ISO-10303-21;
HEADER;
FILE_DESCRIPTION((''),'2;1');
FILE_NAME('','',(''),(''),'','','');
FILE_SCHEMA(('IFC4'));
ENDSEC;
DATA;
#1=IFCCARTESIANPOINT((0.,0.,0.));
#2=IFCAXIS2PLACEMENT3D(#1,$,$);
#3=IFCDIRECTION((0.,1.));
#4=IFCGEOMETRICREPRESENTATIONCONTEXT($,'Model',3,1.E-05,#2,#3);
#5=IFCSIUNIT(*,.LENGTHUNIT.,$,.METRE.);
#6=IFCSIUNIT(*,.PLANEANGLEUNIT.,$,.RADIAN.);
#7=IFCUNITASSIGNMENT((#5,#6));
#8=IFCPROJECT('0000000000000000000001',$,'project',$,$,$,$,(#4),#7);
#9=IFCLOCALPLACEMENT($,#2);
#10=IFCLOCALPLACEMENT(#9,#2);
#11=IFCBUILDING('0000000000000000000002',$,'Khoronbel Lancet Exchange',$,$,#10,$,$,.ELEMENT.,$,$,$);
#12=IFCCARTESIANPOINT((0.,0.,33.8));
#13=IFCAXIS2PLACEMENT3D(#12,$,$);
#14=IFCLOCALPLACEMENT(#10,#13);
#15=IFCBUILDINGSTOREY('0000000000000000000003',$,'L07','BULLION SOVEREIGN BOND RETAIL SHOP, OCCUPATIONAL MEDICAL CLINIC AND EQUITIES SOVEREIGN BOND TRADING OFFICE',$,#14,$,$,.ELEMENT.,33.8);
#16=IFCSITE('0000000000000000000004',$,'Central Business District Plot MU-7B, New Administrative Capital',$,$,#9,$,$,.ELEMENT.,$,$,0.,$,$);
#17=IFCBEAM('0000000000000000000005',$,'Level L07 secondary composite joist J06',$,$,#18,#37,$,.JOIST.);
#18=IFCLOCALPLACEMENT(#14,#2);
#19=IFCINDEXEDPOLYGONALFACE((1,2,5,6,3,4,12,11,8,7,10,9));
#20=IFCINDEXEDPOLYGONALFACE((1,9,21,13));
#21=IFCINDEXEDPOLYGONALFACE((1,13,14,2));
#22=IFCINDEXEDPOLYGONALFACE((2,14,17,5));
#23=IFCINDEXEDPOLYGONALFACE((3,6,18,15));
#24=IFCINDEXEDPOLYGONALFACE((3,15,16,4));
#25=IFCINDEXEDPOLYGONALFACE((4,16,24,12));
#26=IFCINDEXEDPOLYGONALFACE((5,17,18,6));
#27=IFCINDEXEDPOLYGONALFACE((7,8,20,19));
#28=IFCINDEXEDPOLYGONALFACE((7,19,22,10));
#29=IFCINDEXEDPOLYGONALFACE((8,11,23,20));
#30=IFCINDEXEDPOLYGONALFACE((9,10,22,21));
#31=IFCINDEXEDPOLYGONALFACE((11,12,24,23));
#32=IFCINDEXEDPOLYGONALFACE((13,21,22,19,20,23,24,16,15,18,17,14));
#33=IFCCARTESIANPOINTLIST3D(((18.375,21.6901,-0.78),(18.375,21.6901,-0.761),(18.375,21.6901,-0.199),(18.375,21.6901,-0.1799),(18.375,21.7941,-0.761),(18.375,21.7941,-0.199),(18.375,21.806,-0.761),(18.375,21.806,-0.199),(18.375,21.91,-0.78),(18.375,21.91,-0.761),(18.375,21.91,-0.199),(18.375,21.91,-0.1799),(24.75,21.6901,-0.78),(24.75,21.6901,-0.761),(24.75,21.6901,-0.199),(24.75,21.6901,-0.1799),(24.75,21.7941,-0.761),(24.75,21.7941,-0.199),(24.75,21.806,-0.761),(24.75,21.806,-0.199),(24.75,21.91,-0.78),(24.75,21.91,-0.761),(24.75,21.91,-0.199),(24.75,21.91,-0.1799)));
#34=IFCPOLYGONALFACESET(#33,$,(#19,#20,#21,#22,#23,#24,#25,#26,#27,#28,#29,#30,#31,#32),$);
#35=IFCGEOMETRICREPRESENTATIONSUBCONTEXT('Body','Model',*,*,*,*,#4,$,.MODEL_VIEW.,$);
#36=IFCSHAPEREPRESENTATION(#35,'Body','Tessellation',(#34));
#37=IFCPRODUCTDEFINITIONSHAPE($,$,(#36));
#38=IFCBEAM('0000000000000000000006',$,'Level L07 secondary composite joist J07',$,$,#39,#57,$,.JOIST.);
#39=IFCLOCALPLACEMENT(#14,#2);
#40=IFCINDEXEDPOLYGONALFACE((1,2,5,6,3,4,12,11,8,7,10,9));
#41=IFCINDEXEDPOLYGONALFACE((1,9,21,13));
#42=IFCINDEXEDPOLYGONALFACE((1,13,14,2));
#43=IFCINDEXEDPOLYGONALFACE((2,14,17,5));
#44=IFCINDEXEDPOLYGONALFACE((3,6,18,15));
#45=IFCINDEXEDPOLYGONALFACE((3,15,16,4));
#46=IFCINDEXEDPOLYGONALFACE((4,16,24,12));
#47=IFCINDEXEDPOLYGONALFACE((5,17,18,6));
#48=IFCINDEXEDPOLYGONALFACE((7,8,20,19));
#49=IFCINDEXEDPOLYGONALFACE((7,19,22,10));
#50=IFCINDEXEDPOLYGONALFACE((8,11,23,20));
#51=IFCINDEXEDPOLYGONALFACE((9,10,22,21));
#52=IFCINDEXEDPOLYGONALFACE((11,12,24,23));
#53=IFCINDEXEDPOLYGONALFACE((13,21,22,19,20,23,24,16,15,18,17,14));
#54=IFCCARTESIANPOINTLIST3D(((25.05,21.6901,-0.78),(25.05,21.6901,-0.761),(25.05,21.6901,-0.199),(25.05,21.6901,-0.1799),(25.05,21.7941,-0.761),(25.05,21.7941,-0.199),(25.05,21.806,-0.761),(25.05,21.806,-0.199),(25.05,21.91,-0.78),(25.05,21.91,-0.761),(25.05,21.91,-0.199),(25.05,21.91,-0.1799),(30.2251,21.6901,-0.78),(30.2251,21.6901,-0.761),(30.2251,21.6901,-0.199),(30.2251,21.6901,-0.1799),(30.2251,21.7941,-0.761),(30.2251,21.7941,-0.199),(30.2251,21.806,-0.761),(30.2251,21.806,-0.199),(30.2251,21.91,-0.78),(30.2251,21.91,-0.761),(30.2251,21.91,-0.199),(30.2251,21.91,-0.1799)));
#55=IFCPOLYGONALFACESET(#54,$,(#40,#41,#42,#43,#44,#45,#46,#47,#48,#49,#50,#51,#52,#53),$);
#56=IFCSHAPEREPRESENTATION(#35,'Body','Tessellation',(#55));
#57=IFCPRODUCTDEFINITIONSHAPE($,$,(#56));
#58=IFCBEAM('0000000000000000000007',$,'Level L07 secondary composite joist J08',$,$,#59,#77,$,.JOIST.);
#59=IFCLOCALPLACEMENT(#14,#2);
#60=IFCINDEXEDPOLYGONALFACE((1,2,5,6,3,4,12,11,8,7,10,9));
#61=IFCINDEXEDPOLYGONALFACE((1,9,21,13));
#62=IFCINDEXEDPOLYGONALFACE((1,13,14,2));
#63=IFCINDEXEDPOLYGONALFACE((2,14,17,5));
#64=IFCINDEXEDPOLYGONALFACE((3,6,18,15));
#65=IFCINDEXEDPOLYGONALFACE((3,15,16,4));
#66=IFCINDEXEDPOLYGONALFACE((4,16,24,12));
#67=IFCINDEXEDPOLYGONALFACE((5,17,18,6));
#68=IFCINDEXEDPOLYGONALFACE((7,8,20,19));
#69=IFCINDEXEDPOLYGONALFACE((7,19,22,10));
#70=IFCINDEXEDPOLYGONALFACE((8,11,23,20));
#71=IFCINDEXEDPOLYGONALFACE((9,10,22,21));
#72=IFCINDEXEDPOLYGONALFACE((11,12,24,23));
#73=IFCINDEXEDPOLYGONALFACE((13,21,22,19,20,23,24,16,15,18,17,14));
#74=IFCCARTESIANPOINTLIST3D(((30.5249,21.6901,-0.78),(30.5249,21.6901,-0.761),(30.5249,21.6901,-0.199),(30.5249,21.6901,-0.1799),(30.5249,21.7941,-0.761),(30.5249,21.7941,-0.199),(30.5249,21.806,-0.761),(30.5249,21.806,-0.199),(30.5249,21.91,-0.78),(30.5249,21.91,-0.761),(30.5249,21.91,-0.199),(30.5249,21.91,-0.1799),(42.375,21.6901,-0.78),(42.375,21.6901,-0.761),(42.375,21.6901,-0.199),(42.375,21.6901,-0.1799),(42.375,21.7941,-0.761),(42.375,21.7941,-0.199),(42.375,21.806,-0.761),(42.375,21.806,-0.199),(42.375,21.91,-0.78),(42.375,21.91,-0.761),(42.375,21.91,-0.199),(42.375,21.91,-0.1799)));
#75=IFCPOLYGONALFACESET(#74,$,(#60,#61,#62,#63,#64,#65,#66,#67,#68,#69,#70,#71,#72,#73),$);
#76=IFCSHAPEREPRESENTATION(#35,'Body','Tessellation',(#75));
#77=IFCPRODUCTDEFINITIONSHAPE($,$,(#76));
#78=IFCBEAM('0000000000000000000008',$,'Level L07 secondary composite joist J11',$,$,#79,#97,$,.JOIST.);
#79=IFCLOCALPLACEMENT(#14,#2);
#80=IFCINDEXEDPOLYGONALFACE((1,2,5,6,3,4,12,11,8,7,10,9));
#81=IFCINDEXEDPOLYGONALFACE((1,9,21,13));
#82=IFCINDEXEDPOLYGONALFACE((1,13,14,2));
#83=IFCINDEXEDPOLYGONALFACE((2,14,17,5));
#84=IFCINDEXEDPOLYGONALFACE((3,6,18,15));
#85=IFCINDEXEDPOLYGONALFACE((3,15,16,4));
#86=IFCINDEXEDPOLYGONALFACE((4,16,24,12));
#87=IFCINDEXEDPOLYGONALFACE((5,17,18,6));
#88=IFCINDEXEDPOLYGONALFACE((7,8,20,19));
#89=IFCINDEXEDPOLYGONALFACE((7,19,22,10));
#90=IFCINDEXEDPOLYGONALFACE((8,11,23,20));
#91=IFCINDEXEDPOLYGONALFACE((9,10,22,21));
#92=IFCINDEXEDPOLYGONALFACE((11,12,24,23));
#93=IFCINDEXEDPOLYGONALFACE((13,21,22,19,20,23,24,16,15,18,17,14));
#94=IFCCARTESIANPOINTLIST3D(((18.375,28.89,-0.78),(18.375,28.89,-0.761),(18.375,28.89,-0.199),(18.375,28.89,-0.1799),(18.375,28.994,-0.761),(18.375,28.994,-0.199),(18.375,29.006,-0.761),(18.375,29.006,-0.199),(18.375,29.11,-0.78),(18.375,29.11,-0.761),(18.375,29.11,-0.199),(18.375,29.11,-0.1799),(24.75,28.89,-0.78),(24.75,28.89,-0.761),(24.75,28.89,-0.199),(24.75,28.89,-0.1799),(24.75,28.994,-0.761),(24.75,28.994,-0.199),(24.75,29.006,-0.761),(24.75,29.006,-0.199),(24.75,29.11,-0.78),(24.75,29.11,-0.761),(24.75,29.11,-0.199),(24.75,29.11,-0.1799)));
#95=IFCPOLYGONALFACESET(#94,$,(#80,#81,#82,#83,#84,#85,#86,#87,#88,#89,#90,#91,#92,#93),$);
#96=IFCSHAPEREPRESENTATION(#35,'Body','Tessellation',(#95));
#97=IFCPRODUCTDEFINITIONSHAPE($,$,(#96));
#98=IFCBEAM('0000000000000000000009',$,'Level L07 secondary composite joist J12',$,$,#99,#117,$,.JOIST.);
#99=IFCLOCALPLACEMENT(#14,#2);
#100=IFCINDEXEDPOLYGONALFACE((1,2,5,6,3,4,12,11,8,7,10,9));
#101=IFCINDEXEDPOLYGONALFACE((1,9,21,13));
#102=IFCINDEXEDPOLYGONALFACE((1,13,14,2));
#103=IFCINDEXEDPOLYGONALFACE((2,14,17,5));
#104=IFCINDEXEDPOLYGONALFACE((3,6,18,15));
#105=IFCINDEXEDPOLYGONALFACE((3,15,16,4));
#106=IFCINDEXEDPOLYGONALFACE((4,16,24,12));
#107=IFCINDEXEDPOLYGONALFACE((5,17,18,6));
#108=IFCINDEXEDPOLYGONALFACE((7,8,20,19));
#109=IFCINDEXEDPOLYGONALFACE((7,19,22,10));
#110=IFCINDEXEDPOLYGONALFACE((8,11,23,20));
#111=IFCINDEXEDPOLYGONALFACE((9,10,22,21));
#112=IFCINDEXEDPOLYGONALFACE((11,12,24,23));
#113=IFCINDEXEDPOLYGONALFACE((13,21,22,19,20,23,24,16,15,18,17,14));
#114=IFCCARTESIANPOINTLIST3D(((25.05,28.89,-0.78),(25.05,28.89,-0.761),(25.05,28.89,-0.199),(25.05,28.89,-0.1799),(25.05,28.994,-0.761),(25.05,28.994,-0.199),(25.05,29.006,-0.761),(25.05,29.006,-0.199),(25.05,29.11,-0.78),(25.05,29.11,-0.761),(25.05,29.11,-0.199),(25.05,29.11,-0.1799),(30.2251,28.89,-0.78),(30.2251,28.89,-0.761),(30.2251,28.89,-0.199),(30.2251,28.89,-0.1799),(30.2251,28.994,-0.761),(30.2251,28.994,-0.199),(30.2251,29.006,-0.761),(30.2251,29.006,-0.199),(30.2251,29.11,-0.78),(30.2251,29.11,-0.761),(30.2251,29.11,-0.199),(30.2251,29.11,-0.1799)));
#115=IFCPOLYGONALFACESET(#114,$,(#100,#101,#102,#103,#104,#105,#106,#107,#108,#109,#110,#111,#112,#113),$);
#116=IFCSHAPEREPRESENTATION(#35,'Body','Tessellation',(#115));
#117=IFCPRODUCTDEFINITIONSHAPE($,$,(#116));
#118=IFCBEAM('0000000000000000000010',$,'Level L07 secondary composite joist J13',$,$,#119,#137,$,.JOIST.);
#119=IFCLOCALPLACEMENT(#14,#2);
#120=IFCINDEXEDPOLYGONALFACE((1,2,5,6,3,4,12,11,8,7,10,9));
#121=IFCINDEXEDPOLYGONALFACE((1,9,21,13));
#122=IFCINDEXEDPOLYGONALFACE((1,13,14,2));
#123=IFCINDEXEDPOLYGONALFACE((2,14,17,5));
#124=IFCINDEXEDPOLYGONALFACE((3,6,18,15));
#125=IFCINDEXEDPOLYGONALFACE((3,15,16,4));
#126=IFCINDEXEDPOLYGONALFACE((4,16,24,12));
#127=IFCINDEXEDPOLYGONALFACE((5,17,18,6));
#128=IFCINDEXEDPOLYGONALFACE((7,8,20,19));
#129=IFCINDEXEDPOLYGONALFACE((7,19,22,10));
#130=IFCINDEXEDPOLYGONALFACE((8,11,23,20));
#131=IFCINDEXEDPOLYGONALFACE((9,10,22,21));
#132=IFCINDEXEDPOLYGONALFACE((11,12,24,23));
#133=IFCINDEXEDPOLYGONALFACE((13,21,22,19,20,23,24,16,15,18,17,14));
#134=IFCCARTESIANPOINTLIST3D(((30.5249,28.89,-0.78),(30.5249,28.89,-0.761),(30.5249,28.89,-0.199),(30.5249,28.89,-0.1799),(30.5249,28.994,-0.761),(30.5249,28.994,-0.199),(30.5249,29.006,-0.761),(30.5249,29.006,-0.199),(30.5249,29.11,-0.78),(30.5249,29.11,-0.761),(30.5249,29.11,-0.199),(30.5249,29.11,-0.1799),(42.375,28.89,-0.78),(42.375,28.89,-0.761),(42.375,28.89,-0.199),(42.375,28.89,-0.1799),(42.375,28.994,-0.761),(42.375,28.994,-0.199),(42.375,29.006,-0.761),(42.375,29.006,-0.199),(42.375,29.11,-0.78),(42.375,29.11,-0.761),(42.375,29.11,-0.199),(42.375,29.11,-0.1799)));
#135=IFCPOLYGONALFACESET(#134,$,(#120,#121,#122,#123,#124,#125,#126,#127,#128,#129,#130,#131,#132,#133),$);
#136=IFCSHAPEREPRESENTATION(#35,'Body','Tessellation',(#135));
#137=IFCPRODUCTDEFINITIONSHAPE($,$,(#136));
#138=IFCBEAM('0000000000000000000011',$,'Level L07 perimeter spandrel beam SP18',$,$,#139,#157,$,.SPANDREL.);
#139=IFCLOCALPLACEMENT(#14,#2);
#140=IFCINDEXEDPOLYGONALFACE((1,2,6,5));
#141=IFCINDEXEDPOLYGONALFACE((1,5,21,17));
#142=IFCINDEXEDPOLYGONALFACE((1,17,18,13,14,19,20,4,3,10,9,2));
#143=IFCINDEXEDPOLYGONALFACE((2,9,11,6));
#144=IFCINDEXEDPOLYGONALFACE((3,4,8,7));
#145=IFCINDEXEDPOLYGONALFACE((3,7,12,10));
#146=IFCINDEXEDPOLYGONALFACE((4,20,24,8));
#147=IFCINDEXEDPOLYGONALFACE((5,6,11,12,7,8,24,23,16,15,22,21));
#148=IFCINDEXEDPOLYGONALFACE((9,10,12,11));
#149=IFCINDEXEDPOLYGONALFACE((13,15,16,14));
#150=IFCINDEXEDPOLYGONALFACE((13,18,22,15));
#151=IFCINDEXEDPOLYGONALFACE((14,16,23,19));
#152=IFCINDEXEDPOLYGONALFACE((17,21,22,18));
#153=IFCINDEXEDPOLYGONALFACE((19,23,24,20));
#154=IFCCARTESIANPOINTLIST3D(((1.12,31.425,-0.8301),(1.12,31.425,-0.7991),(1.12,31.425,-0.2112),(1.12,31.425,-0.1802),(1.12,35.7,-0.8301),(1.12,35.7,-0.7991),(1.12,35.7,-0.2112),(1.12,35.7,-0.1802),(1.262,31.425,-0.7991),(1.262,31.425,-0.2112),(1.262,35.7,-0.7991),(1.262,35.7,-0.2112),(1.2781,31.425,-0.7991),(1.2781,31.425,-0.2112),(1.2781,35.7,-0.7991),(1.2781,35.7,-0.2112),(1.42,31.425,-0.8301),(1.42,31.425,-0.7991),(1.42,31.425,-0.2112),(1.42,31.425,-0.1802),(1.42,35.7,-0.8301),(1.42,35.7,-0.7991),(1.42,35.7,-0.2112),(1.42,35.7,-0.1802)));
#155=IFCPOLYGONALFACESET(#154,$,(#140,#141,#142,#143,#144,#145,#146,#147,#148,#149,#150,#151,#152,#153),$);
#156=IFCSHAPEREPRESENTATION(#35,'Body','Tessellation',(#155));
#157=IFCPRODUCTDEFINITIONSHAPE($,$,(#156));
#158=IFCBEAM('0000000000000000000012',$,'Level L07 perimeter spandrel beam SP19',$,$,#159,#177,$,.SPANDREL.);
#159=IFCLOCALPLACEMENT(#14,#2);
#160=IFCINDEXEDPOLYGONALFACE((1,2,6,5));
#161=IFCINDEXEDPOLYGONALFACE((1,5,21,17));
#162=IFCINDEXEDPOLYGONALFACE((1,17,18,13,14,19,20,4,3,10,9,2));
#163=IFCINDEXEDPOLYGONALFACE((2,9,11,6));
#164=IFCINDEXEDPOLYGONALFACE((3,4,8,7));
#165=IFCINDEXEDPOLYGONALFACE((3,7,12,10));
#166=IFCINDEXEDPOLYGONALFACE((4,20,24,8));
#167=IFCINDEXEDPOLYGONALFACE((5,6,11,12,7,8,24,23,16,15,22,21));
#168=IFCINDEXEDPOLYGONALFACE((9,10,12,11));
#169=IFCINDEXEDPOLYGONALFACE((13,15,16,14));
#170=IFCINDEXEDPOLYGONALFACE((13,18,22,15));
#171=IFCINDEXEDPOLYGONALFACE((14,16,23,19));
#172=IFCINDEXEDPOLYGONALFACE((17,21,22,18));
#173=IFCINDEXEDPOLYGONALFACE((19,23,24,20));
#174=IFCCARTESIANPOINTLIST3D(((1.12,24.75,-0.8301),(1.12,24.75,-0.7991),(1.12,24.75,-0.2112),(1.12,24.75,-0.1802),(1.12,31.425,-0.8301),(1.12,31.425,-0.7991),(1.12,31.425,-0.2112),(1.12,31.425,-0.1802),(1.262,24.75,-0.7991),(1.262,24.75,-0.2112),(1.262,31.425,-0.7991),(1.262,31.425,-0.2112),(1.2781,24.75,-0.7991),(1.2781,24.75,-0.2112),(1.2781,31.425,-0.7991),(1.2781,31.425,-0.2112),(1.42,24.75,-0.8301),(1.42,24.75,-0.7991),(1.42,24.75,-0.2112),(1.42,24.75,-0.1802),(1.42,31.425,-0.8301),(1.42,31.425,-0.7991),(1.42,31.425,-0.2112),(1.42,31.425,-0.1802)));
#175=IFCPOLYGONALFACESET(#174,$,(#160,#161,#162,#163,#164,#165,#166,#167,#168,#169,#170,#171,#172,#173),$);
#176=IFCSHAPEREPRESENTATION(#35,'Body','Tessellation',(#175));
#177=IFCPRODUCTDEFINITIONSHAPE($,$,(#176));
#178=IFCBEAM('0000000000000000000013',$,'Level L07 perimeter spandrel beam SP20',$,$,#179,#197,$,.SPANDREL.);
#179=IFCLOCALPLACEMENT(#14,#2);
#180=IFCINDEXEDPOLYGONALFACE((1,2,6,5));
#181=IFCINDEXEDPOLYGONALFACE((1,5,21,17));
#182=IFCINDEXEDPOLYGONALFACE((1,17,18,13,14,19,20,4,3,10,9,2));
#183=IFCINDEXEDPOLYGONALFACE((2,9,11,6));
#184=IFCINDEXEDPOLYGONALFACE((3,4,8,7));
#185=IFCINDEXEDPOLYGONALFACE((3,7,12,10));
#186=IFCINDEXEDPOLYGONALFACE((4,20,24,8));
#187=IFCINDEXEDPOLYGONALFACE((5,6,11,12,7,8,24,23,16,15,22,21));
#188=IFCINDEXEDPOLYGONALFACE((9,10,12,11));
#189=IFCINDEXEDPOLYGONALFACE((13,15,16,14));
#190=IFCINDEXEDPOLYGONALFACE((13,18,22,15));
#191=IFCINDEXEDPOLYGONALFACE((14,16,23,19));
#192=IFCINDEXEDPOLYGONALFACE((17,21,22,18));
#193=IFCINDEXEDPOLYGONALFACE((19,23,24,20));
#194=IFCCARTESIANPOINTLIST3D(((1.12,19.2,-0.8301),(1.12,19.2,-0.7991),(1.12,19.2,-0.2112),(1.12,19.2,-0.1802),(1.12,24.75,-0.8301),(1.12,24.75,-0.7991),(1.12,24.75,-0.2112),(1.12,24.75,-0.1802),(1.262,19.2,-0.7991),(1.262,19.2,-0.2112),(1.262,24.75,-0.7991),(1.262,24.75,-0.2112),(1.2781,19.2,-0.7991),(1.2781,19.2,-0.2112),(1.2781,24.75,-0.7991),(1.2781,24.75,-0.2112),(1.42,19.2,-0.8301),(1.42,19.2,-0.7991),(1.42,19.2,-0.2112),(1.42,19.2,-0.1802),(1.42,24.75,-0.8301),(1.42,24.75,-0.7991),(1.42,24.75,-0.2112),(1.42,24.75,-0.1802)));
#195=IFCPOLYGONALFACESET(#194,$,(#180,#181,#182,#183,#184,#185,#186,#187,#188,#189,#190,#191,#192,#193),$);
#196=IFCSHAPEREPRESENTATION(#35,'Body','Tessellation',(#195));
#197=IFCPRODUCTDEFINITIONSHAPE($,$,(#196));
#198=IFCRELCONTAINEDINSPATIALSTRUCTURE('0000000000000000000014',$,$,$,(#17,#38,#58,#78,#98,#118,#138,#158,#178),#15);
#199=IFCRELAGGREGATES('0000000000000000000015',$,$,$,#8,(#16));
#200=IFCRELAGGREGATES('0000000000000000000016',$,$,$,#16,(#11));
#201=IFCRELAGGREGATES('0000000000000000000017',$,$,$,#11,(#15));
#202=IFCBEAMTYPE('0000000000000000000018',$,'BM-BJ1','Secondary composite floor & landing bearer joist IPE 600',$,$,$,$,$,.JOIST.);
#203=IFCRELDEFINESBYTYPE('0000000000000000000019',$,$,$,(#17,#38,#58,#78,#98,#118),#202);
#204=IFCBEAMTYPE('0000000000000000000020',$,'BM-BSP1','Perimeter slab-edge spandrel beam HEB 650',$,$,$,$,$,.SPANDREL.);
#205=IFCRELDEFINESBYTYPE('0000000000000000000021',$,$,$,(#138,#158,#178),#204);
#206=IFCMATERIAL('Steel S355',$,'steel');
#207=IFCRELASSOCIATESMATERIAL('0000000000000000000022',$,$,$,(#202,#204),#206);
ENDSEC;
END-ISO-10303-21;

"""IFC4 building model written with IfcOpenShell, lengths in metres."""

from ifc_helpers import new_model, si_unit, direction, frame, origin, origin_2d, place, context, subcontext, project, spatial, i_section, extrude, material, material_profile, profile_set, type_object, element, save


model = new_model("IFC4")

# Units and contexts
model_context = context("Model", 3, precision=1e-05, world=origin(), true_north=direction((0.0, 1.0)))
body_context = subcontext(model_context, "Body", "Model", "MODEL_VIEW")
ifc_project = project(units=[si_unit("LENGTHUNIT", "METRE"), si_unit("PLANEANGLEUNIT", "RADIAN")], contexts=[model_context])

# Site, building, storey
site_placement = place(None, origin())
site = spatial("IfcSite", under=ifc_project, at=site_placement, Name="Central Business District Plot MU-7B, New Administrative Capital", CompositionType="ELEMENT", RefElevation=0.0)
building_placement = place(site_placement, origin())
building = spatial("IfcBuilding", under=site, at=building_placement, Name="Khoronbel Lancet Exchange", CompositionType="ELEMENT")
storey_placement = place(building_placement, frame((0.0, 0.0, 33.8)))
storey = spatial("IfcBuildingStorey", under=building, at=storey_placement, Name="L07", Description="BULLION SOVEREIGN BOND RETAIL SHOP, OCCUPATIONAL MEDICAL CLINIC AND EQUITIES SOVEREIGN BOND TRADING OFFICE", CompositionType="ELEMENT", Elevation=33.8)

# Shared definitions
ifc_material_1 = material(Name="Steel S355", Category="steel")

# Beams
ifc_material_profile_1 = material_profile(ifc_material_1, i_section(OverallWidth=0.22, OverallDepth=0.6001, WebThickness=0.012, FlangeThickness=0.019, at=origin_2d()), Name="IPE 600")
ifc_profile_set_1 = profile_set([ifc_material_profile_1], Name="Steel S355")
beam_type_1 = type_object("IfcBeamType", Name="BM-BJ1", Description="Secondary composite floor & landing bearer joist IPE 600", PredefinedType="JOIST", material=ifc_profile_set_1)
beam_1_placement = place(storey_placement, frame((18.375, 21.8, -0.48), z_axis=(1.0, 0.0, 0.0), x_axis=(0.0, 1.0, 0.0)))
element("IfcBeam", 1, at=beam_1_placement, inside=storey, type_object=beam_type_1, Name="Level L07 secondary composite joist J06", PredefinedType="JOIST", context=body_context, shape_type="SweptSolid", body=[
    extrude(i_section(OverallWidth=0.22, OverallDepth=0.6001, WebThickness=0.012, FlangeThickness=0.019, at=origin_2d()), origin(), (0.0, 0.0, 1.0), 6.375),
])
beam_2_placement = place(storey_placement, frame((25.05, 21.8, -0.48), z_axis=(1.0, 0.0, 0.0), x_axis=(0.0, 1.0, 0.0)))
element("IfcBeam", 2, at=beam_2_placement, inside=storey, type_object=beam_type_1, Name="Level L07 secondary composite joist J07", PredefinedType="JOIST", context=body_context, shape_type="SweptSolid", body=[
    extrude(i_section(OverallWidth=0.22, OverallDepth=0.6001, WebThickness=0.012, FlangeThickness=0.019, at=origin_2d()), origin(), (0.0, 0.0, 1.0), 5.175),
])
beam_3_placement = place(storey_placement, frame((30.5249, 21.8, -0.48), z_axis=(1.0, 0.0, 0.0), x_axis=(0.0, 1.0, 0.0)))
element("IfcBeam", 3, at=beam_3_placement, inside=storey, type_object=beam_type_1, Name="Level L07 secondary composite joist J08", PredefinedType="JOIST", context=body_context, shape_type="SweptSolid", body=[
    extrude(i_section(OverallWidth=0.22, OverallDepth=0.6001, WebThickness=0.012, FlangeThickness=0.019, at=origin_2d()), origin(), (0.0, 0.0, 1.0), 11.8501),
])
beam_4_placement = place(storey_placement, frame((18.375, 29.0, -0.48), z_axis=(1.0, 0.0, 0.0), x_axis=(0.0, 1.0, 0.0)))
element("IfcBeam", 4, at=beam_4_placement, inside=storey, type_object=beam_type_1, Name="Level L07 secondary composite joist J11", PredefinedType="JOIST", context=body_context, shape_type="SweptSolid", body=[
    extrude(i_section(OverallWidth=0.22, OverallDepth=0.6001, WebThickness=0.012, FlangeThickness=0.019, at=origin_2d()), origin(), (0.0, 0.0, 1.0), 6.375),
])
beam_5_placement = place(storey_placement, frame((25.05, 29.0, -0.48), z_axis=(1.0, 0.0, 0.0), x_axis=(0.0, 1.0, 0.0)))
element("IfcBeam", 5, at=beam_5_placement, inside=storey, type_object=beam_type_1, Name="Level L07 secondary composite joist J12", PredefinedType="JOIST", context=body_context, shape_type="SweptSolid", body=[
    extrude(i_section(OverallWidth=0.22, OverallDepth=0.6001, WebThickness=0.012, FlangeThickness=0.019, at=origin_2d()), origin(), (0.0, 0.0, 1.0), 5.175),
])
beam_6_placement = place(storey_placement, frame((30.5249, 29.0, -0.48), z_axis=(1.0, 0.0, 0.0), x_axis=(0.0, 1.0, 0.0)))
element("IfcBeam", 6, at=beam_6_placement, inside=storey, type_object=beam_type_1, Name="Level L07 secondary composite joist J13", PredefinedType="JOIST", context=body_context, shape_type="SweptSolid", body=[
    extrude(i_section(OverallWidth=0.22, OverallDepth=0.6001, WebThickness=0.012, FlangeThickness=0.019, at=origin_2d()), origin(), (0.0, 0.0, 1.0), 11.8501),
])
ifc_material_profile_2 = material_profile(ifc_material_1, i_section(OverallWidth=0.3, OverallDepth=0.6499, WebThickness=0.0161, FlangeThickness=0.031, at=origin_2d()), Name="HEB 650")
ifc_profile_set_2 = profile_set([ifc_material_profile_2], Name="Steel S355")
beam_type_2 = type_object("IfcBeamType", Name="BM-BSP1", Description="Perimeter slab-edge spandrel beam HEB 650", PredefinedType="SPANDREL", material=ifc_profile_set_2)
beam_7_placement = place(storey_placement, frame((1.27, 35.7, -0.5051), z_axis=(0.0, -1.0, 0.0), x_axis=(1.0, 0.0, 0.0)))
element("IfcBeam", 7, at=beam_7_placement, inside=storey, type_object=beam_type_2, Name="Level L07 perimeter spandrel beam SP18", PredefinedType="SPANDREL", context=body_context, shape_type="SweptSolid", body=[
    extrude(i_section(OverallWidth=0.3, OverallDepth=0.6499, WebThickness=0.0161, FlangeThickness=0.031, at=origin_2d()), origin(), (0.0, 0.0, 1.0), 4.2749),
])
beam_8_placement = place(storey_placement, frame((1.27, 31.425, -0.5051), z_axis=(0.0, -1.0, 0.0), x_axis=(1.0, 0.0, 0.0)))
element("IfcBeam", 8, at=beam_8_placement, inside=storey, type_object=beam_type_2, Name="Level L07 perimeter spandrel beam SP19", PredefinedType="SPANDREL", context=body_context, shape_type="SweptSolid", body=[
    extrude(i_section(OverallWidth=0.3, OverallDepth=0.6499, WebThickness=0.0161, FlangeThickness=0.031, at=origin_2d()), origin(), (0.0, 0.0, 1.0), 6.675),
])
beam_9_placement = place(storey_placement, frame((1.27, 24.75, -0.5051), z_axis=(0.0, -1.0, 0.0), x_axis=(1.0, 0.0, 0.0)))
element("IfcBeam", 9, at=beam_9_placement, inside=storey, type_object=beam_type_2, Name="Level L07 perimeter spandrel beam SP20", PredefinedType="SPANDREL", context=body_context, shape_type="SweptSolid", body=[
    extrude(i_section(OverallWidth=0.3, OverallDepth=0.6499, WebThickness=0.0161, FlangeThickness=0.031, at=origin_2d()), origin(), (0.0, 0.0, 1.0), 5.55),
])

save(model, "model.ifc")
